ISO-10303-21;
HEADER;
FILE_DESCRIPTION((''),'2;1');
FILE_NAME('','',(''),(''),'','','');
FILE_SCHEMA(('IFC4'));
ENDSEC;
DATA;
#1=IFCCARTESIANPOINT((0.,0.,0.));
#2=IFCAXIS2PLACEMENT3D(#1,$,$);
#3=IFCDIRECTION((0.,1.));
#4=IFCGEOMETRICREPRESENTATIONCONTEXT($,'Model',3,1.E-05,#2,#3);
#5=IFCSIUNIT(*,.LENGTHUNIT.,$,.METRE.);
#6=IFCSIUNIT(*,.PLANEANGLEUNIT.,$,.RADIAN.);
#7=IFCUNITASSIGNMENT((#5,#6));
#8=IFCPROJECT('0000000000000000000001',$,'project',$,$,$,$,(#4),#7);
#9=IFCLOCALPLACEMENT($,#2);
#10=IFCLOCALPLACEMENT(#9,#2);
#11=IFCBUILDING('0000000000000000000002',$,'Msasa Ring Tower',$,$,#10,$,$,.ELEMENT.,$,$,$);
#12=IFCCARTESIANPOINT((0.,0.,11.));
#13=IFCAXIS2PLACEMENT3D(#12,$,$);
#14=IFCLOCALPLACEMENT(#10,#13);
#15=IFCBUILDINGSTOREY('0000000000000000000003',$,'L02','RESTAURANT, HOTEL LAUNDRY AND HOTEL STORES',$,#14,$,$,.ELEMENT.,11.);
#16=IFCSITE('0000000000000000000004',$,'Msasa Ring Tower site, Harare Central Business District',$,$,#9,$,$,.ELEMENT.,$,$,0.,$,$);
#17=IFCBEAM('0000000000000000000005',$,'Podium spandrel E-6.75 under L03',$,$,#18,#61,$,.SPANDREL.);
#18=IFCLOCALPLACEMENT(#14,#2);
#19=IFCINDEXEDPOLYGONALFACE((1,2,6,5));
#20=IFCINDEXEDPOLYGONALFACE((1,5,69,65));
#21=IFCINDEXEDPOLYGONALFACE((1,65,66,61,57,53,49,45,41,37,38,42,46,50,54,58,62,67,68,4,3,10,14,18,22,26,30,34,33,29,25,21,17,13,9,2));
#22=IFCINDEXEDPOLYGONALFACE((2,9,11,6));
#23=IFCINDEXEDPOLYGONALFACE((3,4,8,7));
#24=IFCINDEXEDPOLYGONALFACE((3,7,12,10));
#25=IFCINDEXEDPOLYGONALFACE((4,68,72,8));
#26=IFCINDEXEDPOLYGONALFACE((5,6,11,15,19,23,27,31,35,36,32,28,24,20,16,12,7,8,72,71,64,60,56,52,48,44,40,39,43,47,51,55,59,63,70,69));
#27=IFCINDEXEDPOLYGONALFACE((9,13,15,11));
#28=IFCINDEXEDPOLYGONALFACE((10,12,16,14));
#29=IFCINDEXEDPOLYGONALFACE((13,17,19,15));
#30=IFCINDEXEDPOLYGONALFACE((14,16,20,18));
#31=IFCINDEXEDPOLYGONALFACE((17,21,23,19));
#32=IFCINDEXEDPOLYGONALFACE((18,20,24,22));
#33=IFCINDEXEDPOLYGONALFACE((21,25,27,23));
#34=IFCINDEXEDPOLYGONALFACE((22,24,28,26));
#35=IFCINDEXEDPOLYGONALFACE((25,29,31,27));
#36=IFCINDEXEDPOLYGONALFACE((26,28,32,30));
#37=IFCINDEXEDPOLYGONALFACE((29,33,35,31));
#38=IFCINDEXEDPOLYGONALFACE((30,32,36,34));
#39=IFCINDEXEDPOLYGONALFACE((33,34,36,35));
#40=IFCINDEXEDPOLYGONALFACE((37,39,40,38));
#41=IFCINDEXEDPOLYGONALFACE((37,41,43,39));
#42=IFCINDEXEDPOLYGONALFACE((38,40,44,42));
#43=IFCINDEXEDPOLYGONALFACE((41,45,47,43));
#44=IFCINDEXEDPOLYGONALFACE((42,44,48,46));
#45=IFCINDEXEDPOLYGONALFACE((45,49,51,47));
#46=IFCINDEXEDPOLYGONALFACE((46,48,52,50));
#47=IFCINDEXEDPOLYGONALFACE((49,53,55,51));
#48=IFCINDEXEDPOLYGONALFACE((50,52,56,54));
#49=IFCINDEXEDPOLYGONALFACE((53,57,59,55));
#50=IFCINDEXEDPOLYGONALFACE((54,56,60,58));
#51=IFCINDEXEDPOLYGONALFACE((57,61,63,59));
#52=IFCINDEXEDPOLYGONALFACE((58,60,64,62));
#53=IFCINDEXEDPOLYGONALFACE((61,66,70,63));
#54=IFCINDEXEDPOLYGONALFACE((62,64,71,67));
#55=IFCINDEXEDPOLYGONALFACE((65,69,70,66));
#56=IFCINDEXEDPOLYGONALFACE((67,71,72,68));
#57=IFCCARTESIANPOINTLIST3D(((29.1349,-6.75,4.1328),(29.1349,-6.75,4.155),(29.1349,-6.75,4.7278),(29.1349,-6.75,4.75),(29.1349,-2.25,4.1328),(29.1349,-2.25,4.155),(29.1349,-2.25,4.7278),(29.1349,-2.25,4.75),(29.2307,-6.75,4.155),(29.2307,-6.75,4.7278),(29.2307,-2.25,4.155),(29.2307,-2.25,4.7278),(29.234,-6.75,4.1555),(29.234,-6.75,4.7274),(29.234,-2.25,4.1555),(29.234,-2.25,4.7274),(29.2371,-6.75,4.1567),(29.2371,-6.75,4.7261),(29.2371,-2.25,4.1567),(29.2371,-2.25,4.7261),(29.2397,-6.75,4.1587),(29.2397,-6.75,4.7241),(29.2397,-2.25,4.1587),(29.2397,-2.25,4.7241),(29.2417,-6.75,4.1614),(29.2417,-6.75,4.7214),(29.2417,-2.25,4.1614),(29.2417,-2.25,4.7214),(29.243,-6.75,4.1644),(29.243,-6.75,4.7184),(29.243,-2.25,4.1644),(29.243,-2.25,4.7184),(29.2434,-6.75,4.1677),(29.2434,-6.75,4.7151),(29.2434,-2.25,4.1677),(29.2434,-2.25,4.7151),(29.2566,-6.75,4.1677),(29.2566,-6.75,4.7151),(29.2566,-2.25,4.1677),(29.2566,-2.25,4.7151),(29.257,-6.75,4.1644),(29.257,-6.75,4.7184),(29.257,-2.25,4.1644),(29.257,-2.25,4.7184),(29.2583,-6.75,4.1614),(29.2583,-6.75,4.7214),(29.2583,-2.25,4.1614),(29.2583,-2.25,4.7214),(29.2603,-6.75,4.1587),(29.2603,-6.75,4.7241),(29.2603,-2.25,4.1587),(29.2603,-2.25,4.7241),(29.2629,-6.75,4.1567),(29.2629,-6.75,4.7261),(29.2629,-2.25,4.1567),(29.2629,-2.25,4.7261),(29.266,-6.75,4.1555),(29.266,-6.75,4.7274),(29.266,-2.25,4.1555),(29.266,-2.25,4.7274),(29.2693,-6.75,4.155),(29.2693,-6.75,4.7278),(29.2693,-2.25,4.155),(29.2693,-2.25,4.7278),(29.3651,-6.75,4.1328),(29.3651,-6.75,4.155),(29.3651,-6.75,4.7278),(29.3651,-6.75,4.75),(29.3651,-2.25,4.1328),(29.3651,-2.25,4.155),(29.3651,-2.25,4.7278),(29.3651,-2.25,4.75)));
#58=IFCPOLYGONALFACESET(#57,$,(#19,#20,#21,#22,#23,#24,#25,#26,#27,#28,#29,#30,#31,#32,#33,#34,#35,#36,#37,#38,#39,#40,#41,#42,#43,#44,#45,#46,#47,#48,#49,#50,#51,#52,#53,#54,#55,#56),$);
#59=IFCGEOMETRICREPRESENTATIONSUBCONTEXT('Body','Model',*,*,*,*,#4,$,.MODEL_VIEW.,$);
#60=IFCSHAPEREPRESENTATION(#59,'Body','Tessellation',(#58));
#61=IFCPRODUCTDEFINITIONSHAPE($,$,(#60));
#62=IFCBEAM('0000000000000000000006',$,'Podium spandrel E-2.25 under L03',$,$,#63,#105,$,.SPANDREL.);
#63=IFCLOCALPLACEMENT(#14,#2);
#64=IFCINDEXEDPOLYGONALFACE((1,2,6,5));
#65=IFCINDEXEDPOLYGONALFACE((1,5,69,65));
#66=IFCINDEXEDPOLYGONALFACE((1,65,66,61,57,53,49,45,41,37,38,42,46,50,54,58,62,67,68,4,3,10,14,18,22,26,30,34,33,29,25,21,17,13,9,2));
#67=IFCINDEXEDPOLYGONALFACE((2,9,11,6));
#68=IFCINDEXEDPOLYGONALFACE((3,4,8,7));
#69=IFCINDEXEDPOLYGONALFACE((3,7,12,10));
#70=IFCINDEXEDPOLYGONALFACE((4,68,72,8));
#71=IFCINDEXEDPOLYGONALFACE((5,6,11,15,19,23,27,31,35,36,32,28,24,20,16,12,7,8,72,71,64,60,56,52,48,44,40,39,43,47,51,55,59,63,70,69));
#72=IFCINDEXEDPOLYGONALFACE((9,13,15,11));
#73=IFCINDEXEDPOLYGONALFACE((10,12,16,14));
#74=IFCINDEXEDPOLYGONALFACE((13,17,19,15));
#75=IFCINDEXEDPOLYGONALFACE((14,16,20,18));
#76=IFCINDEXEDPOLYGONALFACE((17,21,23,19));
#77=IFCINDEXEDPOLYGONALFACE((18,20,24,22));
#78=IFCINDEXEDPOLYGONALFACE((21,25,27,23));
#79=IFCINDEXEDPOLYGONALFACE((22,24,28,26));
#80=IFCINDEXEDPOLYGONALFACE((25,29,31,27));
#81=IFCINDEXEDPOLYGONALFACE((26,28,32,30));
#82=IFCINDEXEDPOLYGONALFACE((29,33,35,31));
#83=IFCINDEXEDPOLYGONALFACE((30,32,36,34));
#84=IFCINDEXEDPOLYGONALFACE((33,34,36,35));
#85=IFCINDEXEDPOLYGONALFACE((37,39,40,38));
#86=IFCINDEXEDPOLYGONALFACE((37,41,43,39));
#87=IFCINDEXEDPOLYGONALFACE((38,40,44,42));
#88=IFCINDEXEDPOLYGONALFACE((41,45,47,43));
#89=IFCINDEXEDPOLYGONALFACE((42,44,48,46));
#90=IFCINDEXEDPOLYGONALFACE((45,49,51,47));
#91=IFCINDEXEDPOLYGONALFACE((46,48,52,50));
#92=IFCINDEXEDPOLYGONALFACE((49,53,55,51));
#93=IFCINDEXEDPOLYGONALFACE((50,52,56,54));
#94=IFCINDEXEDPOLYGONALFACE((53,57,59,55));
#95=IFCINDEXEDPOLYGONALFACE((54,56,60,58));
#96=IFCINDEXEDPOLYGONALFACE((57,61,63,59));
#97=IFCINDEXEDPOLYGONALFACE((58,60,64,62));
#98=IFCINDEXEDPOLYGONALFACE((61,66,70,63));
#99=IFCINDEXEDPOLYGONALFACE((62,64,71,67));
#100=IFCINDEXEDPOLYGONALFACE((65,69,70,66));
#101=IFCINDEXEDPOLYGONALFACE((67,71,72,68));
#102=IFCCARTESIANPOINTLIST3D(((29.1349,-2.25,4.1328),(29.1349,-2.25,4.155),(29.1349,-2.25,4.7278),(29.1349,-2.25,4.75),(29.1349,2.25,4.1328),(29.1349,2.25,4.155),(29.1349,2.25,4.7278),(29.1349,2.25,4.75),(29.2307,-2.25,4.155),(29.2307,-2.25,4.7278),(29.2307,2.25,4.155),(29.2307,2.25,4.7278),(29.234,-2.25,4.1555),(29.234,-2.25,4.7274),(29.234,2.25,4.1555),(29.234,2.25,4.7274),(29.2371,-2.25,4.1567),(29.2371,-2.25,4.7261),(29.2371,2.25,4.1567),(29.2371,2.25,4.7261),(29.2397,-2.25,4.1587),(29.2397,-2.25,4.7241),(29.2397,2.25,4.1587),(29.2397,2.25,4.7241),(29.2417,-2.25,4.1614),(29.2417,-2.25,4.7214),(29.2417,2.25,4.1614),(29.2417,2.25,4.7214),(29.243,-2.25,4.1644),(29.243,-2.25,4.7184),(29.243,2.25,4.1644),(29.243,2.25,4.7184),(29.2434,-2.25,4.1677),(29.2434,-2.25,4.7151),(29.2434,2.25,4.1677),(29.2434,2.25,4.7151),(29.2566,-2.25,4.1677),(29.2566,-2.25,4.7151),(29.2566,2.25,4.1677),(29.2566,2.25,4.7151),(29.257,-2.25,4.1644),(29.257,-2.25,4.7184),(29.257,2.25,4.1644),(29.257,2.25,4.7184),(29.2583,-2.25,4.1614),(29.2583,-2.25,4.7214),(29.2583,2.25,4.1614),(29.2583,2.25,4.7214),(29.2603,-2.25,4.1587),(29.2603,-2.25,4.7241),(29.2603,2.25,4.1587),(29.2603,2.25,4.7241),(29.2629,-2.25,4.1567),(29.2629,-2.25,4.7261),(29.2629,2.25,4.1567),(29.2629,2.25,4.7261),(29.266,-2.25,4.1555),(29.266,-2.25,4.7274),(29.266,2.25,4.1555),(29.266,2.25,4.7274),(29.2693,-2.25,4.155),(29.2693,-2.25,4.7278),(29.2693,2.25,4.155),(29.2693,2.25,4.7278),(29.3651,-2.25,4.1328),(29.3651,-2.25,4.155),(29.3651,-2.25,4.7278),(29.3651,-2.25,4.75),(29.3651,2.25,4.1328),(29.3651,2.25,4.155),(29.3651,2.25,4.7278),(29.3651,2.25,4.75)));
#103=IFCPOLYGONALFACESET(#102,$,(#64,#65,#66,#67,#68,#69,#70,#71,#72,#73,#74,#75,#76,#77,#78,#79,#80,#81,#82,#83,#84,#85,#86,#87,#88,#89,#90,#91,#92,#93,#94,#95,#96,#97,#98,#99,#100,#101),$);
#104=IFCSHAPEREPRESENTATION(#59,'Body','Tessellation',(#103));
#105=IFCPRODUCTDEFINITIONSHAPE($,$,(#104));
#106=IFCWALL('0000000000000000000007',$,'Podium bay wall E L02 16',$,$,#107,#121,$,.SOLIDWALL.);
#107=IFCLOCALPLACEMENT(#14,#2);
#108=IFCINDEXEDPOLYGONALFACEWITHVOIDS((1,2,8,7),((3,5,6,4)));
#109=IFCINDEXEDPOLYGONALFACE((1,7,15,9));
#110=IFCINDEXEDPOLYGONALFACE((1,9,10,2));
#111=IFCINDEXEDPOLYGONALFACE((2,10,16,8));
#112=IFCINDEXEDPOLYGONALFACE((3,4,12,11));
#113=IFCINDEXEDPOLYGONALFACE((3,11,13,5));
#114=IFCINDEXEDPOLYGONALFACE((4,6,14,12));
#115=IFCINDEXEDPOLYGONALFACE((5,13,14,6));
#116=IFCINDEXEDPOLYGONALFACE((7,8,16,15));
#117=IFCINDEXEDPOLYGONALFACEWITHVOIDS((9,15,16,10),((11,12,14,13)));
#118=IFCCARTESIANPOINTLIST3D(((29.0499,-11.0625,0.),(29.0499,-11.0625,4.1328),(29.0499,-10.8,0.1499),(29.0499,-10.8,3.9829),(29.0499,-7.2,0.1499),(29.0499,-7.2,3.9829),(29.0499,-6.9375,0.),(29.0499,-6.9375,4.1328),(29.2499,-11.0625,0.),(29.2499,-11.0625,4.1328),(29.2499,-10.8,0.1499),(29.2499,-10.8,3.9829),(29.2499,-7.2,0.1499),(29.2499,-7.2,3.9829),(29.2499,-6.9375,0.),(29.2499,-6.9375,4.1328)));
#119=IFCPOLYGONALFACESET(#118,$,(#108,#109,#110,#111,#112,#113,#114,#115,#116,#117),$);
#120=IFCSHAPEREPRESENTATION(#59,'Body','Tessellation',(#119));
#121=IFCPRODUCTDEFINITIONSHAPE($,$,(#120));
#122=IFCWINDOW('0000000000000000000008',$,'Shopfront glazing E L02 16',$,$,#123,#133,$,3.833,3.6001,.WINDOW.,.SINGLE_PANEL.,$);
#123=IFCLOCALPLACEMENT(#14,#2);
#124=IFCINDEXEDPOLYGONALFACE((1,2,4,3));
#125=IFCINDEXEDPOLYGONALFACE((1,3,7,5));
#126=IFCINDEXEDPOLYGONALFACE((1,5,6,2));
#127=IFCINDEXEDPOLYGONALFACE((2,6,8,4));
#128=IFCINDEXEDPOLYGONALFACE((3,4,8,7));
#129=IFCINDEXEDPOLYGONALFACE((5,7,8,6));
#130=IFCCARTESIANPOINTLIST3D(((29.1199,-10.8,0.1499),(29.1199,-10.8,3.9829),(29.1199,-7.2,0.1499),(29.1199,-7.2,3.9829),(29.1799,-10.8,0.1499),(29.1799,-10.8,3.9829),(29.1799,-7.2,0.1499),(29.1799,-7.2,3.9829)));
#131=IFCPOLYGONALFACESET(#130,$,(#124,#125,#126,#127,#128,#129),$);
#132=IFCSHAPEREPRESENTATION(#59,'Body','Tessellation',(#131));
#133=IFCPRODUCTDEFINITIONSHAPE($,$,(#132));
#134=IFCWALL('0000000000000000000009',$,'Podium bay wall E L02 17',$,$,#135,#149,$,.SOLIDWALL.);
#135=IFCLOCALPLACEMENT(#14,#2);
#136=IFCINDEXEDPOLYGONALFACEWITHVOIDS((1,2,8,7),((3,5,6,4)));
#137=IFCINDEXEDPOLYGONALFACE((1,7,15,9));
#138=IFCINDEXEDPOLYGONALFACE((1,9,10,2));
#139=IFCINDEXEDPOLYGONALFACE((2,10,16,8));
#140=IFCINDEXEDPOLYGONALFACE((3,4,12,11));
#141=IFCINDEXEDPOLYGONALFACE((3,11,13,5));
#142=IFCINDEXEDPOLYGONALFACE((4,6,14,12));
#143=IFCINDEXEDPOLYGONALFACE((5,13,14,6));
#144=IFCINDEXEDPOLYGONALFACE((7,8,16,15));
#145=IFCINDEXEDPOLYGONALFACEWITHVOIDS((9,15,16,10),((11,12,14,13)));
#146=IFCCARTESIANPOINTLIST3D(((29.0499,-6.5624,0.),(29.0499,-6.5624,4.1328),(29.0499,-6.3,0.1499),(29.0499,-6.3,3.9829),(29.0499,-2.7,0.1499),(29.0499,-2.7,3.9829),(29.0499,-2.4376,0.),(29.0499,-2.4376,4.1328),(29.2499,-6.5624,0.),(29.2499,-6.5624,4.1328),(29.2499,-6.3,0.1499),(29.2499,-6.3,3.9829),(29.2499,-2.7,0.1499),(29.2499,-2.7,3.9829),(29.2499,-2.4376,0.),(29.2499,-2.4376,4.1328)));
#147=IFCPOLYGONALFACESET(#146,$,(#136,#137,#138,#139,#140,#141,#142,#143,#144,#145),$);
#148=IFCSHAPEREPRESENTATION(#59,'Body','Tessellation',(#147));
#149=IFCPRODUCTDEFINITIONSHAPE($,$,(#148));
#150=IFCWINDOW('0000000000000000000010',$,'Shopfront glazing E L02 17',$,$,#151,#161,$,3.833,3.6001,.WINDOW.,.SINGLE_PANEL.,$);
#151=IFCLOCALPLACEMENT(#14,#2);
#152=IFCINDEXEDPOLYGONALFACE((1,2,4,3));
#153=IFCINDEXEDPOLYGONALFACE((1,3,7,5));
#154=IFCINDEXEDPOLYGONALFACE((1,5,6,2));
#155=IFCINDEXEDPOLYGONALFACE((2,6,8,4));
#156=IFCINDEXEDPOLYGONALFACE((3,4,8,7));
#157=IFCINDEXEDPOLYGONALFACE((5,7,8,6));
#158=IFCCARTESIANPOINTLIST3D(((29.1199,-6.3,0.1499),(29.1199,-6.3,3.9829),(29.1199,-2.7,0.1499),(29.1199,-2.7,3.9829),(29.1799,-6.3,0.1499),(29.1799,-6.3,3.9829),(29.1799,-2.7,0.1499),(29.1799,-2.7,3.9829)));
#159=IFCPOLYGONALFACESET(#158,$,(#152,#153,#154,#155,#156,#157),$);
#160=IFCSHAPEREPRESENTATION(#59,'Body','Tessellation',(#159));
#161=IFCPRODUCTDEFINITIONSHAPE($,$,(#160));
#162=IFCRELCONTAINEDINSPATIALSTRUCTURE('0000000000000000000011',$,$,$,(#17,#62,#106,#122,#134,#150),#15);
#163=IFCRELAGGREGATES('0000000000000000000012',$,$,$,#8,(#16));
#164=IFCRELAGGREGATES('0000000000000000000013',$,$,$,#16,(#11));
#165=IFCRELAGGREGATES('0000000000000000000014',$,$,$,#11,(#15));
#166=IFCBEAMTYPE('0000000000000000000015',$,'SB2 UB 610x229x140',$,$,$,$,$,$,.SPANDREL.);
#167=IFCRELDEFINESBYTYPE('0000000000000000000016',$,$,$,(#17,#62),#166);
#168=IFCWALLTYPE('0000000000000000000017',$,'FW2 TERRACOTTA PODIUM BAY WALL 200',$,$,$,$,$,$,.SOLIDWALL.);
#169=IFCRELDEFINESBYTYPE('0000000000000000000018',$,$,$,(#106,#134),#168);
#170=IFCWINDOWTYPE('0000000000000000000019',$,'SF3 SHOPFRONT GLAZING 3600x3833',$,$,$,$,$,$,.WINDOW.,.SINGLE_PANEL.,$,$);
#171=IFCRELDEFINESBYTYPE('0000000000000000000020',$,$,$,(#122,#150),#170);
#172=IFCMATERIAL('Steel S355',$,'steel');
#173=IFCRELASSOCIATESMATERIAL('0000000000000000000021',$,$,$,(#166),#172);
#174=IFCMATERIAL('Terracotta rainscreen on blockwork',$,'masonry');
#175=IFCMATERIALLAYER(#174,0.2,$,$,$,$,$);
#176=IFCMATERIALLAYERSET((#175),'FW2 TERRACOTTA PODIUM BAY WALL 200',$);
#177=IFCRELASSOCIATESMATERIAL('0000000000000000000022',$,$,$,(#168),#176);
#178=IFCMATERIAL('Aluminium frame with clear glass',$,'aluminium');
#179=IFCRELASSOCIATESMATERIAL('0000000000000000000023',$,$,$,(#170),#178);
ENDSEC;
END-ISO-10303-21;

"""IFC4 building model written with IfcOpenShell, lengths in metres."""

from ifc_helpers import new_model, si_unit, direction, frame, frame_2d, origin, origin_2d, place, context, subcontext, project, spatial, rectangle, i_section, extrude, material, layer, layer_set, material_profile, profile_set, type_object, element, fill, save


model = new_model("IFC4")

# Units and contexts
model_context = context("Model", 3, precision=1e-05, world=origin(), true_north=direction((0.0, 1.0)))
body_context = subcontext(model_context, "Body", "Model", "MODEL_VIEW")
ifc_project = project(units=[si_unit("LENGTHUNIT", "METRE"), si_unit("PLANEANGLEUNIT", "RADIAN")], contexts=[model_context])

# Site, building, storey
site_placement = place(None, origin())
site = spatial("IfcSite", under=ifc_project, at=site_placement, Name="Msasa Ring Tower site, Harare Central Business District", CompositionType="ELEMENT", RefElevation=0.0)
building_placement = place(site_placement, origin())
building = spatial("IfcBuilding", under=site, at=building_placement, Name="Msasa Ring Tower", CompositionType="ELEMENT")
storey_placement = place(building_placement, frame((0.0, 0.0, 11.0)))
storey = spatial("IfcBuildingStorey", under=building, at=storey_placement, Name="L02", Description="RESTAURANT, HOTEL LAUNDRY AND HOTEL STORES", CompositionType="ELEMENT", Elevation=11.0)

# Beams
ifc_material_1 = material(Name="Steel S355", Category="steel")
ifc_material_profile_1 = material_profile(ifc_material_1, i_section(OverallWidth=0.2302, OverallDepth=0.6172, WebThickness=0.0132, FlangeThickness=0.0222, FilletRadius=0.0127, at=origin_2d()), Name="UB 610x229x140")
ifc_profile_set_1 = profile_set([ifc_material_profile_1], Name="Steel S355")
beam_type_1 = type_object("IfcBeamType", Name="SB2 UB 610x229x140", PredefinedType="SPANDREL", material=ifc_profile_set_1)
for number, where, z_axis, x_axis, name in (
    (1, (29.25, -6.75, 4.4414), (0.0, 1.0, 0.0), (-1.0, 0.0, 0.0), "Podium spandrel E-6.75 under L03"),
    (2, (29.25, -2.25, 4.4414), (0.0, 1.0, 0.0), (-1.0, 0.0, 0.0), "Podium spandrel E-2.25 under L03"),
):
    element("IfcBeam", number, at=place(storey_placement, frame(where, z_axis=z_axis, x_axis=x_axis)), inside=storey, type_object=beam_type_1, Name=name, PredefinedType="SPANDREL", context=body_context, shape_type="SweptSolid", body=[
        extrude(i_section(OverallWidth=0.2302, OverallDepth=0.6172, WebThickness=0.0132, FlangeThickness=0.0222, FilletRadius=0.0127, at=origin_2d()), origin(), (0.0, 0.0, 1.0), 4.5),
    ])

# Walls, openings, windows
ifc_material_2 = material(Name="Terracotta rainscreen on blockwork", Category="masonry")
ifc_layer_1 = layer(ifc_material_2, 0.2)
ifc_layer_set_1 = layer_set([ifc_layer_1], Name="FW2 TERRACOTTA PODIUM BAY WALL 200")
wall_type_1 = type_object("IfcWallType", Name="FW2 TERRACOTTA PODIUM BAY WALL 200", PredefinedType="SOLIDWALL", material=ifc_layer_set_1)
wall_1_placement = place(storey_placement, frame((29.1499, -11.0625, 0.0), z_axis=(0.0, 0.0, 1.0), x_axis=(0.0, 1.0, 0.0)))
wall_1 = element("IfcWall", 3, at=wall_1_placement, inside=storey, type_object=wall_type_1, Name="Podium bay wall E L02 16", PredefinedType="SOLIDWALL", context=body_context, shape_type="SweptSolid", body=[
    extrude(rectangle(XDim=4.125, YDim=0.2, at=frame_2d((2.0625, 0.0))), origin(), (0.0, 0.0, 1.0), 4.1328),
])
opening_1_placement = place(wall_1_placement, frame((0.2625, 0.0, 0.1499)))
opening_1 = element("IfcOpeningElement", 4, at=opening_1_placement, cuts=wall_1, PredefinedType="OPENING", context=body_context, shape_type="SweptSolid", body=[
    extrude(rectangle(XDim=3.6001, YDim=3.833, at=frame_2d((1.8, 1.9165))), frame((0.0, 0.1099, 0.0), z_axis=(0.0, -1.0, 0.0), x_axis=(1.0, 0.0, 0.0)), (0.0, 0.0, 1.0), 0.22),
])
ifc_material_3 = material(Name="Aluminium frame with clear glass", Category="aluminium")
window_type = type_object("IfcWindowType", Name="SF3 SHOPFRONT GLAZING 3600x3833", PartitioningType="SINGLE_PANEL", PredefinedType="WINDOW", material=ifc_material_3)
window_1_placement = place(opening_1_placement, origin())
window_1 = element("IfcWindow", 5, at=window_1_placement, inside=storey, type_object=window_type, Name="Shopfront glazing E L02 16", OverallHeight=3.833, OverallWidth=3.6001, PartitioningType="SINGLE_PANEL", PredefinedType="WINDOW", context=body_context, shape_type="SweptSolid", body=[
    extrude(rectangle(XDim=3.6001, YDim=3.833, at=frame_2d((1.8, 1.9165))), frame((0.0, 0.03, 0.0), z_axis=(0.0, -1.0, 0.0), x_axis=(1.0, 0.0, 0.0)), (0.0, 0.0, 1.0), 0.0601),
])
fill(opening_1, window_1)
wall_2_placement = place(storey_placement, frame((29.1499, -6.5625, 0.0), z_axis=(0.0, 0.0, 1.0), x_axis=(0.0, 1.0, 0.0)))
wall_2 = element("IfcWall", 6, at=wall_2_placement, inside=storey, type_object=wall_type_1, Name="Podium bay wall E L02 17", PredefinedType="SOLIDWALL", context=body_context, shape_type="SweptSolid", body=[
    extrude(rectangle(XDim=4.1248, YDim=0.2, at=frame_2d((2.0625, 0.0))), origin(), (0.0, 0.0, 1.0), 4.1328),
])
opening_2_placement = place(wall_2_placement, frame((0.2625, 0.0, 0.1499)))
opening_2 = element("IfcOpeningElement", 7, at=opening_2_placement, cuts=wall_2, PredefinedType="OPENING", context=body_context, shape_type="SweptSolid", body=[
    extrude(rectangle(XDim=3.6001, YDim=3.833, at=frame_2d((1.8, 1.9165))), frame((0.0, 0.1099, 0.0), z_axis=(0.0, -1.0, 0.0), x_axis=(1.0, 0.0, 0.0)), (0.0, 0.0, 1.0), 0.22),
])
window_2_placement = place(opening_2_placement, origin())
window_2 = element("IfcWindow", 8, at=window_2_placement, inside=storey, type_object=window_type, Name="Shopfront glazing E L02 17", OverallHeight=3.833, OverallWidth=3.6001, PartitioningType="SINGLE_PANEL", PredefinedType="WINDOW", context=body_context, shape_type="SweptSolid", body=[
    extrude(rectangle(XDim=3.6001, YDim=3.833, at=frame_2d((1.8, 1.9165))), frame((0.0, 0.03, 0.0), z_axis=(0.0, -1.0, 0.0), x_axis=(1.0, 0.0, 0.0)), (0.0, 0.0, 1.0), 0.0601),
])
fill(opening_2, window_2)

save(model, "model.ifc")
